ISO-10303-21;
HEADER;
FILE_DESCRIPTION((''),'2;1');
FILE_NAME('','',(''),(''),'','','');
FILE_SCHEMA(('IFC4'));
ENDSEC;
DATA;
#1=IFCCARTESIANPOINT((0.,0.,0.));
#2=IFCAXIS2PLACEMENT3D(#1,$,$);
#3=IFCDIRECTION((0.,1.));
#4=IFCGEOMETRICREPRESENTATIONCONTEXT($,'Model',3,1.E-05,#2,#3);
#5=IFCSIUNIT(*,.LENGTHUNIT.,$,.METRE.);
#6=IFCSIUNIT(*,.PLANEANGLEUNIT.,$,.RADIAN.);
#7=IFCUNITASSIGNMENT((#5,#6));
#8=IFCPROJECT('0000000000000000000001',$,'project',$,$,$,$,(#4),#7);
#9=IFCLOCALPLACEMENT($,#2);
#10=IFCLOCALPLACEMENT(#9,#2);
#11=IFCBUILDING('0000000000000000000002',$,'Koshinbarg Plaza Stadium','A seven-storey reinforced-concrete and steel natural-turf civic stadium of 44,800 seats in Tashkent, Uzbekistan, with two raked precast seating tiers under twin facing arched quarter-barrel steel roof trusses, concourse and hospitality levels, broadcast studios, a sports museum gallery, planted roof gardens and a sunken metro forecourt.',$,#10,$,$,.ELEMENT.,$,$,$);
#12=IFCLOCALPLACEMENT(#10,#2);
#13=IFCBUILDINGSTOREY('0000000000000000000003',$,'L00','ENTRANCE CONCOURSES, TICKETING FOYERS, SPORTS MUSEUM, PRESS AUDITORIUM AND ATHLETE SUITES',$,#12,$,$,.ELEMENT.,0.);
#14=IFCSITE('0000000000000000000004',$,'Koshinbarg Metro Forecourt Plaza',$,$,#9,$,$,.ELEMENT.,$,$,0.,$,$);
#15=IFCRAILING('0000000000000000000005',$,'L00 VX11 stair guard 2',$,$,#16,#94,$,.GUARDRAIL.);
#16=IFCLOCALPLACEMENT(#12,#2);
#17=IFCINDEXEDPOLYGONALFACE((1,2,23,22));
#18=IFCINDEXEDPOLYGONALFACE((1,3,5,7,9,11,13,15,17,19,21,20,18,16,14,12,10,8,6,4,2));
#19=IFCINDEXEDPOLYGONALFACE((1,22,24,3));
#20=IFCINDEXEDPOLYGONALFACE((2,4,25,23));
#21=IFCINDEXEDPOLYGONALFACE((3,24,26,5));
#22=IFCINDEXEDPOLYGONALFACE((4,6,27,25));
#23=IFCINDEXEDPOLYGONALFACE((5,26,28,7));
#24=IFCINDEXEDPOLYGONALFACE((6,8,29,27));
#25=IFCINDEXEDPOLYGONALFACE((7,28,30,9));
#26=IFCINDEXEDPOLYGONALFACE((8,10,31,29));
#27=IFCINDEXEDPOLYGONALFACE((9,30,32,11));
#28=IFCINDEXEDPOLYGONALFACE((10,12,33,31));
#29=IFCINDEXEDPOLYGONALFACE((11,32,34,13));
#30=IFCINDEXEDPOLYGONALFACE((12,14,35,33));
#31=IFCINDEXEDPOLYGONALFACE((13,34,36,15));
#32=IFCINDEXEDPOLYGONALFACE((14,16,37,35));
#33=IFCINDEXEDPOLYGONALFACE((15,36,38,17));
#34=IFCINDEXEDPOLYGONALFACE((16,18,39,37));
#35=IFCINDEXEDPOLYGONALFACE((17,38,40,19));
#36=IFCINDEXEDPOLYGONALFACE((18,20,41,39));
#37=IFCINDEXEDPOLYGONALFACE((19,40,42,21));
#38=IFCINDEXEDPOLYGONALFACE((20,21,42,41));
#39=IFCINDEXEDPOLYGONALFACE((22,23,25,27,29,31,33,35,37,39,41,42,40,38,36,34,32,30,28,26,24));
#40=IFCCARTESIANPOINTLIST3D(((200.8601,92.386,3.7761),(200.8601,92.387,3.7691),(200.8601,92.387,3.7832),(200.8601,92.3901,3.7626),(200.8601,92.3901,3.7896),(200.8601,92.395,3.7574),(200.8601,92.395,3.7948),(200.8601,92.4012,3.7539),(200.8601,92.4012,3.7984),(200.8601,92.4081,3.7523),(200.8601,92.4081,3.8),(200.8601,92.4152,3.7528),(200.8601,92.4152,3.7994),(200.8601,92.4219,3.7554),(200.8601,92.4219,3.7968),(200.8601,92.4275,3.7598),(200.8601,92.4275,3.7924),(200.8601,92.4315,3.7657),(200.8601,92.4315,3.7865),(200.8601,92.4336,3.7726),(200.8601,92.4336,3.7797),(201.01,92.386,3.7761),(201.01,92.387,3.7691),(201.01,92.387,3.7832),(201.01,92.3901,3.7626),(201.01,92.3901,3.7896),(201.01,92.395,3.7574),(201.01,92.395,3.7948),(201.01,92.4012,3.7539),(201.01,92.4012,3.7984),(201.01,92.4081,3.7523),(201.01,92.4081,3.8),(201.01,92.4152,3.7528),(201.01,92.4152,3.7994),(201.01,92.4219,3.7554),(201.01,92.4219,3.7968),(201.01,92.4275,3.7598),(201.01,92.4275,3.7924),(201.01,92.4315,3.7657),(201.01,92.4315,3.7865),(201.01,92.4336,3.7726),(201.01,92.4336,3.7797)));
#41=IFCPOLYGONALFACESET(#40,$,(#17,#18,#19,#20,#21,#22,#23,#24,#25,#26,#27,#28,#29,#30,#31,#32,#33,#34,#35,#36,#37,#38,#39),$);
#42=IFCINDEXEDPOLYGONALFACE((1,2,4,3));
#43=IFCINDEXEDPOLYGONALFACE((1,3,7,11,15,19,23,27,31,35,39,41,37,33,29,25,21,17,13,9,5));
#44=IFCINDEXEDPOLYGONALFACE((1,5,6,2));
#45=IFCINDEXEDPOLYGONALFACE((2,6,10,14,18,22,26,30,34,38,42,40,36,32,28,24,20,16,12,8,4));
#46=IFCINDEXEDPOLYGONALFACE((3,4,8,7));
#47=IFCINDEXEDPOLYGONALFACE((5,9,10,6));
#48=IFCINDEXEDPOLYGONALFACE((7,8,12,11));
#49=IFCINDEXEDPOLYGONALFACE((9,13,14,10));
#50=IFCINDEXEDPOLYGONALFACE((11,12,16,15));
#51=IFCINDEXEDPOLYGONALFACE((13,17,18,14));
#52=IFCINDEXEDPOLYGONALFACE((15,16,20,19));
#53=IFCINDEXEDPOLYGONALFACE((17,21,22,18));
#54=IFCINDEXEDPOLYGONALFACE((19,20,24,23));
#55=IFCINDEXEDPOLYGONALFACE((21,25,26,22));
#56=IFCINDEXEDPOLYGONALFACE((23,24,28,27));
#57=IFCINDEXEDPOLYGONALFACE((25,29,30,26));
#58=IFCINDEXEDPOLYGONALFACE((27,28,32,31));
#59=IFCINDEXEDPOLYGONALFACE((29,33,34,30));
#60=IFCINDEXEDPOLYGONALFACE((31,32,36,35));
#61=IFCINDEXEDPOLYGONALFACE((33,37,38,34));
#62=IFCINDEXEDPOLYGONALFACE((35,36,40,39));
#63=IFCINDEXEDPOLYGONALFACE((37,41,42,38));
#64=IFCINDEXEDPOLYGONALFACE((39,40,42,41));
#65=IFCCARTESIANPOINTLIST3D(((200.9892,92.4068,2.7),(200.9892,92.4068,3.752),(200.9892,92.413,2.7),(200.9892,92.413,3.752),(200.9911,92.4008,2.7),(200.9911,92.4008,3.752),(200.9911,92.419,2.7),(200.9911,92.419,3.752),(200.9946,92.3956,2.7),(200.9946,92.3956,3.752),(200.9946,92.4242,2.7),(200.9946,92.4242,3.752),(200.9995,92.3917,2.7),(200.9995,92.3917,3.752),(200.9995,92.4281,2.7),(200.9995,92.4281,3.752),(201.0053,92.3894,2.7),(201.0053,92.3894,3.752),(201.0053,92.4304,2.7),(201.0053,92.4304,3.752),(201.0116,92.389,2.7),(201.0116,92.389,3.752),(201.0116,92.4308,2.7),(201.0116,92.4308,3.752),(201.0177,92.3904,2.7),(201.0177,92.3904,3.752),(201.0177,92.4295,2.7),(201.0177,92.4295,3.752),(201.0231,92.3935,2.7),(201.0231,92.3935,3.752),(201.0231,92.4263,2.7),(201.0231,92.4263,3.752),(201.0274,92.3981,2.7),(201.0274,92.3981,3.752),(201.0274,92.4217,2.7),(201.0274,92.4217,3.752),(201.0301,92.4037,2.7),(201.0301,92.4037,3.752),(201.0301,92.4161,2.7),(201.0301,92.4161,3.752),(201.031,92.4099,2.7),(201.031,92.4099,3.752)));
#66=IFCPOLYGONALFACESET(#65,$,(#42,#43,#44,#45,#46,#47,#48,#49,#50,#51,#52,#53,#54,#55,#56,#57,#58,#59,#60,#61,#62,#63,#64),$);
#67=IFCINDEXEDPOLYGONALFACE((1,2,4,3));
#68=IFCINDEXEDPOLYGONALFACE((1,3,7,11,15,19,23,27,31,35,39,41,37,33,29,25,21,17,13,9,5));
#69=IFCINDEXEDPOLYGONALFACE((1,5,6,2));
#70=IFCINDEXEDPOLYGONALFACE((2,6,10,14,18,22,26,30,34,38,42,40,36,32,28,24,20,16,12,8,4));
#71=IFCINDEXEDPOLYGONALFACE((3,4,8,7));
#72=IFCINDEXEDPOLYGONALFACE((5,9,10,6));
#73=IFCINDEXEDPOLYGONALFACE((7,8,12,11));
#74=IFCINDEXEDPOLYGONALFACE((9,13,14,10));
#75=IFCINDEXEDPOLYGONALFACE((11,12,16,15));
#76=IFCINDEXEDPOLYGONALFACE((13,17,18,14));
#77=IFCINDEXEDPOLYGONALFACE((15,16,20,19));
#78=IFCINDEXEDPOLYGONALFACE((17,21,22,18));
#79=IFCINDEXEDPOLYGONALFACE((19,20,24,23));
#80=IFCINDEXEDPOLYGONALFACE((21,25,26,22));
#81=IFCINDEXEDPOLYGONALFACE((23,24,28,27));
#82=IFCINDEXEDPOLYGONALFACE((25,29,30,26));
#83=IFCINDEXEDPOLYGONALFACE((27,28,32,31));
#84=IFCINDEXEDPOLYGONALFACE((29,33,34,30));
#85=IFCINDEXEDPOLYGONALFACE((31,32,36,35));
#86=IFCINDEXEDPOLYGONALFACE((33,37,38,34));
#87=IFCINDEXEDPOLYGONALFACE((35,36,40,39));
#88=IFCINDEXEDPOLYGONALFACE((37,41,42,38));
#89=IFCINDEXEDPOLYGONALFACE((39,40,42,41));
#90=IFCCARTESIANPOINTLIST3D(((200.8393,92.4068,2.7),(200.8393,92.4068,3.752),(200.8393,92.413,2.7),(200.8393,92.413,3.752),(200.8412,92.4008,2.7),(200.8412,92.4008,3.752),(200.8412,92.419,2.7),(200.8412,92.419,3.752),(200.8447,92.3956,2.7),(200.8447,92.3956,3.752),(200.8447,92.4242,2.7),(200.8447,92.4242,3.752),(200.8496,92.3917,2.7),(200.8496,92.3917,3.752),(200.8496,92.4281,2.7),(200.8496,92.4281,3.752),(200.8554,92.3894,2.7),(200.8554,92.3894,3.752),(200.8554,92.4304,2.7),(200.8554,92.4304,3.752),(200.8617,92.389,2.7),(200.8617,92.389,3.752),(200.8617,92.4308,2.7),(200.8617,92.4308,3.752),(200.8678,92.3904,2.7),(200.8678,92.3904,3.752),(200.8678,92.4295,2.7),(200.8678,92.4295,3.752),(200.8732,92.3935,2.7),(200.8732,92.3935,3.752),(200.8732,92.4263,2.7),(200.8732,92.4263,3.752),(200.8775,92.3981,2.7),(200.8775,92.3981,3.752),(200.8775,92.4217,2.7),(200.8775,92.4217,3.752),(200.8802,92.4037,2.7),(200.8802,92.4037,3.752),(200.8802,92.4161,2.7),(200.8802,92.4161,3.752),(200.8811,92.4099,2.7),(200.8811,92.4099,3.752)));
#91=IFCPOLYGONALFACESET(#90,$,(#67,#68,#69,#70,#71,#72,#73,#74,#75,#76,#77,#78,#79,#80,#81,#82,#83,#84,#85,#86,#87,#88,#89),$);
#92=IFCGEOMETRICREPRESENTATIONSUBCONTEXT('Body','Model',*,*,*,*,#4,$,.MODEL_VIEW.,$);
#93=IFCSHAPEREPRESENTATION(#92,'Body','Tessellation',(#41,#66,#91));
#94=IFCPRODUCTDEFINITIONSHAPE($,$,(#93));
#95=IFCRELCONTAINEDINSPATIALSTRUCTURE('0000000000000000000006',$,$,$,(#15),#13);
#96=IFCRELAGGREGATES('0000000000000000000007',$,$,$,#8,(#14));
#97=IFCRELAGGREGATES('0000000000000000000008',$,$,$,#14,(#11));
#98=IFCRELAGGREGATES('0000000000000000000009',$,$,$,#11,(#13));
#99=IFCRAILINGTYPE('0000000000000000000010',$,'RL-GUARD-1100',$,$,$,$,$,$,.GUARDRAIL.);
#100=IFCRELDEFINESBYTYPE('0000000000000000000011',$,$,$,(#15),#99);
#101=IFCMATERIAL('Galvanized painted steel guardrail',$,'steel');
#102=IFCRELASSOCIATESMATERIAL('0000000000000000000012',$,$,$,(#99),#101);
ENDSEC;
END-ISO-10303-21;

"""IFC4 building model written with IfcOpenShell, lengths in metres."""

from ifc_helpers import new_model, si_unit, direction, frame, origin, origin_2d, place, context, subcontext, project, spatial, circle, extrude, material, type_object, element, save


model = new_model("IFC4")

# Units and contexts
model_context = context("Model", 3, precision=1e-05, world=origin(), true_north=direction((0.0, 1.0)))
body_context = subcontext(model_context, "Body", "Model", "MODEL_VIEW")
ifc_project = project(units=[si_unit("LENGTHUNIT", "METRE"), si_unit("PLANEANGLEUNIT", "RADIAN")], contexts=[model_context])

# Site, building, storey
site_placement = place(None, origin())
site = spatial("IfcSite", under=ifc_project, at=site_placement, Name="Koshinbarg Metro Forecourt Plaza", CompositionType="ELEMENT", RefElevation=0.0)
building_placement = place(site_placement, origin())
building = spatial("IfcBuilding", under=site, at=building_placement, Name="Koshinbarg Plaza Stadium", Description="A seven-storey reinforced-concrete and steel natural-turf civic stadium of 44,800 seats in Tashkent, Uzbekistan, with two raked precast seating tiers under twin facing arched quarter-barrel steel roof trusses, concourse and hospitality levels, broadcast studios, a sports museum gallery, planted roof gardens and a sunken metro forecourt.", CompositionType="ELEMENT")
storey_placement = place(building_placement, origin())
storey = spatial("IfcBuildingStorey", under=building, at=storey_placement, Name="L00", Description="ENTRANCE CONCOURSES, TICKETING FOYERS, SPORTS MUSEUM, PRESS AUDITORIUM AND ATHLETE SUITES", CompositionType="ELEMENT", Elevation=0.0)

# Railing
ifc_material_1 = material(Name="Galvanized painted steel guardrail", Category="steel")
railing_type = type_object("IfcRailingType", Name="RL-GUARD-1100", PredefinedType="GUARDRAIL", material=ifc_material_1)
railing_1_placement = place(storey_placement, frame((201.01, 92.4099, 2.7)))
element("IfcRailing", 1, at=railing_1_placement, inside=storey, type_object=railing_type, Name="L00 VX11 stair guard 2", PredefinedType="GUARDRAIL", context=body_context, shape_type="SweptSolid", body=[
    extrude(circle(Radius=0.0239, at=origin_2d()), frame((0.0, 0.0, 1.0762), z_axis=(-1.0, 0.0, 0.0), x_axis=(0.0, -1.0, 0.0)), (0.0, 0.0, 1.0), 0.1499),
    extrude(circle(Radius=0.021, at=origin_2d()), origin(), (0.0, 0.0, 1.0), 1.052),
    extrude(circle(Radius=0.021, at=origin_2d()), frame((-0.1499, 0.0, 0.0)), (0.0, 0.0, 1.0), 1.052),
])

save(model, "model.ifc")
